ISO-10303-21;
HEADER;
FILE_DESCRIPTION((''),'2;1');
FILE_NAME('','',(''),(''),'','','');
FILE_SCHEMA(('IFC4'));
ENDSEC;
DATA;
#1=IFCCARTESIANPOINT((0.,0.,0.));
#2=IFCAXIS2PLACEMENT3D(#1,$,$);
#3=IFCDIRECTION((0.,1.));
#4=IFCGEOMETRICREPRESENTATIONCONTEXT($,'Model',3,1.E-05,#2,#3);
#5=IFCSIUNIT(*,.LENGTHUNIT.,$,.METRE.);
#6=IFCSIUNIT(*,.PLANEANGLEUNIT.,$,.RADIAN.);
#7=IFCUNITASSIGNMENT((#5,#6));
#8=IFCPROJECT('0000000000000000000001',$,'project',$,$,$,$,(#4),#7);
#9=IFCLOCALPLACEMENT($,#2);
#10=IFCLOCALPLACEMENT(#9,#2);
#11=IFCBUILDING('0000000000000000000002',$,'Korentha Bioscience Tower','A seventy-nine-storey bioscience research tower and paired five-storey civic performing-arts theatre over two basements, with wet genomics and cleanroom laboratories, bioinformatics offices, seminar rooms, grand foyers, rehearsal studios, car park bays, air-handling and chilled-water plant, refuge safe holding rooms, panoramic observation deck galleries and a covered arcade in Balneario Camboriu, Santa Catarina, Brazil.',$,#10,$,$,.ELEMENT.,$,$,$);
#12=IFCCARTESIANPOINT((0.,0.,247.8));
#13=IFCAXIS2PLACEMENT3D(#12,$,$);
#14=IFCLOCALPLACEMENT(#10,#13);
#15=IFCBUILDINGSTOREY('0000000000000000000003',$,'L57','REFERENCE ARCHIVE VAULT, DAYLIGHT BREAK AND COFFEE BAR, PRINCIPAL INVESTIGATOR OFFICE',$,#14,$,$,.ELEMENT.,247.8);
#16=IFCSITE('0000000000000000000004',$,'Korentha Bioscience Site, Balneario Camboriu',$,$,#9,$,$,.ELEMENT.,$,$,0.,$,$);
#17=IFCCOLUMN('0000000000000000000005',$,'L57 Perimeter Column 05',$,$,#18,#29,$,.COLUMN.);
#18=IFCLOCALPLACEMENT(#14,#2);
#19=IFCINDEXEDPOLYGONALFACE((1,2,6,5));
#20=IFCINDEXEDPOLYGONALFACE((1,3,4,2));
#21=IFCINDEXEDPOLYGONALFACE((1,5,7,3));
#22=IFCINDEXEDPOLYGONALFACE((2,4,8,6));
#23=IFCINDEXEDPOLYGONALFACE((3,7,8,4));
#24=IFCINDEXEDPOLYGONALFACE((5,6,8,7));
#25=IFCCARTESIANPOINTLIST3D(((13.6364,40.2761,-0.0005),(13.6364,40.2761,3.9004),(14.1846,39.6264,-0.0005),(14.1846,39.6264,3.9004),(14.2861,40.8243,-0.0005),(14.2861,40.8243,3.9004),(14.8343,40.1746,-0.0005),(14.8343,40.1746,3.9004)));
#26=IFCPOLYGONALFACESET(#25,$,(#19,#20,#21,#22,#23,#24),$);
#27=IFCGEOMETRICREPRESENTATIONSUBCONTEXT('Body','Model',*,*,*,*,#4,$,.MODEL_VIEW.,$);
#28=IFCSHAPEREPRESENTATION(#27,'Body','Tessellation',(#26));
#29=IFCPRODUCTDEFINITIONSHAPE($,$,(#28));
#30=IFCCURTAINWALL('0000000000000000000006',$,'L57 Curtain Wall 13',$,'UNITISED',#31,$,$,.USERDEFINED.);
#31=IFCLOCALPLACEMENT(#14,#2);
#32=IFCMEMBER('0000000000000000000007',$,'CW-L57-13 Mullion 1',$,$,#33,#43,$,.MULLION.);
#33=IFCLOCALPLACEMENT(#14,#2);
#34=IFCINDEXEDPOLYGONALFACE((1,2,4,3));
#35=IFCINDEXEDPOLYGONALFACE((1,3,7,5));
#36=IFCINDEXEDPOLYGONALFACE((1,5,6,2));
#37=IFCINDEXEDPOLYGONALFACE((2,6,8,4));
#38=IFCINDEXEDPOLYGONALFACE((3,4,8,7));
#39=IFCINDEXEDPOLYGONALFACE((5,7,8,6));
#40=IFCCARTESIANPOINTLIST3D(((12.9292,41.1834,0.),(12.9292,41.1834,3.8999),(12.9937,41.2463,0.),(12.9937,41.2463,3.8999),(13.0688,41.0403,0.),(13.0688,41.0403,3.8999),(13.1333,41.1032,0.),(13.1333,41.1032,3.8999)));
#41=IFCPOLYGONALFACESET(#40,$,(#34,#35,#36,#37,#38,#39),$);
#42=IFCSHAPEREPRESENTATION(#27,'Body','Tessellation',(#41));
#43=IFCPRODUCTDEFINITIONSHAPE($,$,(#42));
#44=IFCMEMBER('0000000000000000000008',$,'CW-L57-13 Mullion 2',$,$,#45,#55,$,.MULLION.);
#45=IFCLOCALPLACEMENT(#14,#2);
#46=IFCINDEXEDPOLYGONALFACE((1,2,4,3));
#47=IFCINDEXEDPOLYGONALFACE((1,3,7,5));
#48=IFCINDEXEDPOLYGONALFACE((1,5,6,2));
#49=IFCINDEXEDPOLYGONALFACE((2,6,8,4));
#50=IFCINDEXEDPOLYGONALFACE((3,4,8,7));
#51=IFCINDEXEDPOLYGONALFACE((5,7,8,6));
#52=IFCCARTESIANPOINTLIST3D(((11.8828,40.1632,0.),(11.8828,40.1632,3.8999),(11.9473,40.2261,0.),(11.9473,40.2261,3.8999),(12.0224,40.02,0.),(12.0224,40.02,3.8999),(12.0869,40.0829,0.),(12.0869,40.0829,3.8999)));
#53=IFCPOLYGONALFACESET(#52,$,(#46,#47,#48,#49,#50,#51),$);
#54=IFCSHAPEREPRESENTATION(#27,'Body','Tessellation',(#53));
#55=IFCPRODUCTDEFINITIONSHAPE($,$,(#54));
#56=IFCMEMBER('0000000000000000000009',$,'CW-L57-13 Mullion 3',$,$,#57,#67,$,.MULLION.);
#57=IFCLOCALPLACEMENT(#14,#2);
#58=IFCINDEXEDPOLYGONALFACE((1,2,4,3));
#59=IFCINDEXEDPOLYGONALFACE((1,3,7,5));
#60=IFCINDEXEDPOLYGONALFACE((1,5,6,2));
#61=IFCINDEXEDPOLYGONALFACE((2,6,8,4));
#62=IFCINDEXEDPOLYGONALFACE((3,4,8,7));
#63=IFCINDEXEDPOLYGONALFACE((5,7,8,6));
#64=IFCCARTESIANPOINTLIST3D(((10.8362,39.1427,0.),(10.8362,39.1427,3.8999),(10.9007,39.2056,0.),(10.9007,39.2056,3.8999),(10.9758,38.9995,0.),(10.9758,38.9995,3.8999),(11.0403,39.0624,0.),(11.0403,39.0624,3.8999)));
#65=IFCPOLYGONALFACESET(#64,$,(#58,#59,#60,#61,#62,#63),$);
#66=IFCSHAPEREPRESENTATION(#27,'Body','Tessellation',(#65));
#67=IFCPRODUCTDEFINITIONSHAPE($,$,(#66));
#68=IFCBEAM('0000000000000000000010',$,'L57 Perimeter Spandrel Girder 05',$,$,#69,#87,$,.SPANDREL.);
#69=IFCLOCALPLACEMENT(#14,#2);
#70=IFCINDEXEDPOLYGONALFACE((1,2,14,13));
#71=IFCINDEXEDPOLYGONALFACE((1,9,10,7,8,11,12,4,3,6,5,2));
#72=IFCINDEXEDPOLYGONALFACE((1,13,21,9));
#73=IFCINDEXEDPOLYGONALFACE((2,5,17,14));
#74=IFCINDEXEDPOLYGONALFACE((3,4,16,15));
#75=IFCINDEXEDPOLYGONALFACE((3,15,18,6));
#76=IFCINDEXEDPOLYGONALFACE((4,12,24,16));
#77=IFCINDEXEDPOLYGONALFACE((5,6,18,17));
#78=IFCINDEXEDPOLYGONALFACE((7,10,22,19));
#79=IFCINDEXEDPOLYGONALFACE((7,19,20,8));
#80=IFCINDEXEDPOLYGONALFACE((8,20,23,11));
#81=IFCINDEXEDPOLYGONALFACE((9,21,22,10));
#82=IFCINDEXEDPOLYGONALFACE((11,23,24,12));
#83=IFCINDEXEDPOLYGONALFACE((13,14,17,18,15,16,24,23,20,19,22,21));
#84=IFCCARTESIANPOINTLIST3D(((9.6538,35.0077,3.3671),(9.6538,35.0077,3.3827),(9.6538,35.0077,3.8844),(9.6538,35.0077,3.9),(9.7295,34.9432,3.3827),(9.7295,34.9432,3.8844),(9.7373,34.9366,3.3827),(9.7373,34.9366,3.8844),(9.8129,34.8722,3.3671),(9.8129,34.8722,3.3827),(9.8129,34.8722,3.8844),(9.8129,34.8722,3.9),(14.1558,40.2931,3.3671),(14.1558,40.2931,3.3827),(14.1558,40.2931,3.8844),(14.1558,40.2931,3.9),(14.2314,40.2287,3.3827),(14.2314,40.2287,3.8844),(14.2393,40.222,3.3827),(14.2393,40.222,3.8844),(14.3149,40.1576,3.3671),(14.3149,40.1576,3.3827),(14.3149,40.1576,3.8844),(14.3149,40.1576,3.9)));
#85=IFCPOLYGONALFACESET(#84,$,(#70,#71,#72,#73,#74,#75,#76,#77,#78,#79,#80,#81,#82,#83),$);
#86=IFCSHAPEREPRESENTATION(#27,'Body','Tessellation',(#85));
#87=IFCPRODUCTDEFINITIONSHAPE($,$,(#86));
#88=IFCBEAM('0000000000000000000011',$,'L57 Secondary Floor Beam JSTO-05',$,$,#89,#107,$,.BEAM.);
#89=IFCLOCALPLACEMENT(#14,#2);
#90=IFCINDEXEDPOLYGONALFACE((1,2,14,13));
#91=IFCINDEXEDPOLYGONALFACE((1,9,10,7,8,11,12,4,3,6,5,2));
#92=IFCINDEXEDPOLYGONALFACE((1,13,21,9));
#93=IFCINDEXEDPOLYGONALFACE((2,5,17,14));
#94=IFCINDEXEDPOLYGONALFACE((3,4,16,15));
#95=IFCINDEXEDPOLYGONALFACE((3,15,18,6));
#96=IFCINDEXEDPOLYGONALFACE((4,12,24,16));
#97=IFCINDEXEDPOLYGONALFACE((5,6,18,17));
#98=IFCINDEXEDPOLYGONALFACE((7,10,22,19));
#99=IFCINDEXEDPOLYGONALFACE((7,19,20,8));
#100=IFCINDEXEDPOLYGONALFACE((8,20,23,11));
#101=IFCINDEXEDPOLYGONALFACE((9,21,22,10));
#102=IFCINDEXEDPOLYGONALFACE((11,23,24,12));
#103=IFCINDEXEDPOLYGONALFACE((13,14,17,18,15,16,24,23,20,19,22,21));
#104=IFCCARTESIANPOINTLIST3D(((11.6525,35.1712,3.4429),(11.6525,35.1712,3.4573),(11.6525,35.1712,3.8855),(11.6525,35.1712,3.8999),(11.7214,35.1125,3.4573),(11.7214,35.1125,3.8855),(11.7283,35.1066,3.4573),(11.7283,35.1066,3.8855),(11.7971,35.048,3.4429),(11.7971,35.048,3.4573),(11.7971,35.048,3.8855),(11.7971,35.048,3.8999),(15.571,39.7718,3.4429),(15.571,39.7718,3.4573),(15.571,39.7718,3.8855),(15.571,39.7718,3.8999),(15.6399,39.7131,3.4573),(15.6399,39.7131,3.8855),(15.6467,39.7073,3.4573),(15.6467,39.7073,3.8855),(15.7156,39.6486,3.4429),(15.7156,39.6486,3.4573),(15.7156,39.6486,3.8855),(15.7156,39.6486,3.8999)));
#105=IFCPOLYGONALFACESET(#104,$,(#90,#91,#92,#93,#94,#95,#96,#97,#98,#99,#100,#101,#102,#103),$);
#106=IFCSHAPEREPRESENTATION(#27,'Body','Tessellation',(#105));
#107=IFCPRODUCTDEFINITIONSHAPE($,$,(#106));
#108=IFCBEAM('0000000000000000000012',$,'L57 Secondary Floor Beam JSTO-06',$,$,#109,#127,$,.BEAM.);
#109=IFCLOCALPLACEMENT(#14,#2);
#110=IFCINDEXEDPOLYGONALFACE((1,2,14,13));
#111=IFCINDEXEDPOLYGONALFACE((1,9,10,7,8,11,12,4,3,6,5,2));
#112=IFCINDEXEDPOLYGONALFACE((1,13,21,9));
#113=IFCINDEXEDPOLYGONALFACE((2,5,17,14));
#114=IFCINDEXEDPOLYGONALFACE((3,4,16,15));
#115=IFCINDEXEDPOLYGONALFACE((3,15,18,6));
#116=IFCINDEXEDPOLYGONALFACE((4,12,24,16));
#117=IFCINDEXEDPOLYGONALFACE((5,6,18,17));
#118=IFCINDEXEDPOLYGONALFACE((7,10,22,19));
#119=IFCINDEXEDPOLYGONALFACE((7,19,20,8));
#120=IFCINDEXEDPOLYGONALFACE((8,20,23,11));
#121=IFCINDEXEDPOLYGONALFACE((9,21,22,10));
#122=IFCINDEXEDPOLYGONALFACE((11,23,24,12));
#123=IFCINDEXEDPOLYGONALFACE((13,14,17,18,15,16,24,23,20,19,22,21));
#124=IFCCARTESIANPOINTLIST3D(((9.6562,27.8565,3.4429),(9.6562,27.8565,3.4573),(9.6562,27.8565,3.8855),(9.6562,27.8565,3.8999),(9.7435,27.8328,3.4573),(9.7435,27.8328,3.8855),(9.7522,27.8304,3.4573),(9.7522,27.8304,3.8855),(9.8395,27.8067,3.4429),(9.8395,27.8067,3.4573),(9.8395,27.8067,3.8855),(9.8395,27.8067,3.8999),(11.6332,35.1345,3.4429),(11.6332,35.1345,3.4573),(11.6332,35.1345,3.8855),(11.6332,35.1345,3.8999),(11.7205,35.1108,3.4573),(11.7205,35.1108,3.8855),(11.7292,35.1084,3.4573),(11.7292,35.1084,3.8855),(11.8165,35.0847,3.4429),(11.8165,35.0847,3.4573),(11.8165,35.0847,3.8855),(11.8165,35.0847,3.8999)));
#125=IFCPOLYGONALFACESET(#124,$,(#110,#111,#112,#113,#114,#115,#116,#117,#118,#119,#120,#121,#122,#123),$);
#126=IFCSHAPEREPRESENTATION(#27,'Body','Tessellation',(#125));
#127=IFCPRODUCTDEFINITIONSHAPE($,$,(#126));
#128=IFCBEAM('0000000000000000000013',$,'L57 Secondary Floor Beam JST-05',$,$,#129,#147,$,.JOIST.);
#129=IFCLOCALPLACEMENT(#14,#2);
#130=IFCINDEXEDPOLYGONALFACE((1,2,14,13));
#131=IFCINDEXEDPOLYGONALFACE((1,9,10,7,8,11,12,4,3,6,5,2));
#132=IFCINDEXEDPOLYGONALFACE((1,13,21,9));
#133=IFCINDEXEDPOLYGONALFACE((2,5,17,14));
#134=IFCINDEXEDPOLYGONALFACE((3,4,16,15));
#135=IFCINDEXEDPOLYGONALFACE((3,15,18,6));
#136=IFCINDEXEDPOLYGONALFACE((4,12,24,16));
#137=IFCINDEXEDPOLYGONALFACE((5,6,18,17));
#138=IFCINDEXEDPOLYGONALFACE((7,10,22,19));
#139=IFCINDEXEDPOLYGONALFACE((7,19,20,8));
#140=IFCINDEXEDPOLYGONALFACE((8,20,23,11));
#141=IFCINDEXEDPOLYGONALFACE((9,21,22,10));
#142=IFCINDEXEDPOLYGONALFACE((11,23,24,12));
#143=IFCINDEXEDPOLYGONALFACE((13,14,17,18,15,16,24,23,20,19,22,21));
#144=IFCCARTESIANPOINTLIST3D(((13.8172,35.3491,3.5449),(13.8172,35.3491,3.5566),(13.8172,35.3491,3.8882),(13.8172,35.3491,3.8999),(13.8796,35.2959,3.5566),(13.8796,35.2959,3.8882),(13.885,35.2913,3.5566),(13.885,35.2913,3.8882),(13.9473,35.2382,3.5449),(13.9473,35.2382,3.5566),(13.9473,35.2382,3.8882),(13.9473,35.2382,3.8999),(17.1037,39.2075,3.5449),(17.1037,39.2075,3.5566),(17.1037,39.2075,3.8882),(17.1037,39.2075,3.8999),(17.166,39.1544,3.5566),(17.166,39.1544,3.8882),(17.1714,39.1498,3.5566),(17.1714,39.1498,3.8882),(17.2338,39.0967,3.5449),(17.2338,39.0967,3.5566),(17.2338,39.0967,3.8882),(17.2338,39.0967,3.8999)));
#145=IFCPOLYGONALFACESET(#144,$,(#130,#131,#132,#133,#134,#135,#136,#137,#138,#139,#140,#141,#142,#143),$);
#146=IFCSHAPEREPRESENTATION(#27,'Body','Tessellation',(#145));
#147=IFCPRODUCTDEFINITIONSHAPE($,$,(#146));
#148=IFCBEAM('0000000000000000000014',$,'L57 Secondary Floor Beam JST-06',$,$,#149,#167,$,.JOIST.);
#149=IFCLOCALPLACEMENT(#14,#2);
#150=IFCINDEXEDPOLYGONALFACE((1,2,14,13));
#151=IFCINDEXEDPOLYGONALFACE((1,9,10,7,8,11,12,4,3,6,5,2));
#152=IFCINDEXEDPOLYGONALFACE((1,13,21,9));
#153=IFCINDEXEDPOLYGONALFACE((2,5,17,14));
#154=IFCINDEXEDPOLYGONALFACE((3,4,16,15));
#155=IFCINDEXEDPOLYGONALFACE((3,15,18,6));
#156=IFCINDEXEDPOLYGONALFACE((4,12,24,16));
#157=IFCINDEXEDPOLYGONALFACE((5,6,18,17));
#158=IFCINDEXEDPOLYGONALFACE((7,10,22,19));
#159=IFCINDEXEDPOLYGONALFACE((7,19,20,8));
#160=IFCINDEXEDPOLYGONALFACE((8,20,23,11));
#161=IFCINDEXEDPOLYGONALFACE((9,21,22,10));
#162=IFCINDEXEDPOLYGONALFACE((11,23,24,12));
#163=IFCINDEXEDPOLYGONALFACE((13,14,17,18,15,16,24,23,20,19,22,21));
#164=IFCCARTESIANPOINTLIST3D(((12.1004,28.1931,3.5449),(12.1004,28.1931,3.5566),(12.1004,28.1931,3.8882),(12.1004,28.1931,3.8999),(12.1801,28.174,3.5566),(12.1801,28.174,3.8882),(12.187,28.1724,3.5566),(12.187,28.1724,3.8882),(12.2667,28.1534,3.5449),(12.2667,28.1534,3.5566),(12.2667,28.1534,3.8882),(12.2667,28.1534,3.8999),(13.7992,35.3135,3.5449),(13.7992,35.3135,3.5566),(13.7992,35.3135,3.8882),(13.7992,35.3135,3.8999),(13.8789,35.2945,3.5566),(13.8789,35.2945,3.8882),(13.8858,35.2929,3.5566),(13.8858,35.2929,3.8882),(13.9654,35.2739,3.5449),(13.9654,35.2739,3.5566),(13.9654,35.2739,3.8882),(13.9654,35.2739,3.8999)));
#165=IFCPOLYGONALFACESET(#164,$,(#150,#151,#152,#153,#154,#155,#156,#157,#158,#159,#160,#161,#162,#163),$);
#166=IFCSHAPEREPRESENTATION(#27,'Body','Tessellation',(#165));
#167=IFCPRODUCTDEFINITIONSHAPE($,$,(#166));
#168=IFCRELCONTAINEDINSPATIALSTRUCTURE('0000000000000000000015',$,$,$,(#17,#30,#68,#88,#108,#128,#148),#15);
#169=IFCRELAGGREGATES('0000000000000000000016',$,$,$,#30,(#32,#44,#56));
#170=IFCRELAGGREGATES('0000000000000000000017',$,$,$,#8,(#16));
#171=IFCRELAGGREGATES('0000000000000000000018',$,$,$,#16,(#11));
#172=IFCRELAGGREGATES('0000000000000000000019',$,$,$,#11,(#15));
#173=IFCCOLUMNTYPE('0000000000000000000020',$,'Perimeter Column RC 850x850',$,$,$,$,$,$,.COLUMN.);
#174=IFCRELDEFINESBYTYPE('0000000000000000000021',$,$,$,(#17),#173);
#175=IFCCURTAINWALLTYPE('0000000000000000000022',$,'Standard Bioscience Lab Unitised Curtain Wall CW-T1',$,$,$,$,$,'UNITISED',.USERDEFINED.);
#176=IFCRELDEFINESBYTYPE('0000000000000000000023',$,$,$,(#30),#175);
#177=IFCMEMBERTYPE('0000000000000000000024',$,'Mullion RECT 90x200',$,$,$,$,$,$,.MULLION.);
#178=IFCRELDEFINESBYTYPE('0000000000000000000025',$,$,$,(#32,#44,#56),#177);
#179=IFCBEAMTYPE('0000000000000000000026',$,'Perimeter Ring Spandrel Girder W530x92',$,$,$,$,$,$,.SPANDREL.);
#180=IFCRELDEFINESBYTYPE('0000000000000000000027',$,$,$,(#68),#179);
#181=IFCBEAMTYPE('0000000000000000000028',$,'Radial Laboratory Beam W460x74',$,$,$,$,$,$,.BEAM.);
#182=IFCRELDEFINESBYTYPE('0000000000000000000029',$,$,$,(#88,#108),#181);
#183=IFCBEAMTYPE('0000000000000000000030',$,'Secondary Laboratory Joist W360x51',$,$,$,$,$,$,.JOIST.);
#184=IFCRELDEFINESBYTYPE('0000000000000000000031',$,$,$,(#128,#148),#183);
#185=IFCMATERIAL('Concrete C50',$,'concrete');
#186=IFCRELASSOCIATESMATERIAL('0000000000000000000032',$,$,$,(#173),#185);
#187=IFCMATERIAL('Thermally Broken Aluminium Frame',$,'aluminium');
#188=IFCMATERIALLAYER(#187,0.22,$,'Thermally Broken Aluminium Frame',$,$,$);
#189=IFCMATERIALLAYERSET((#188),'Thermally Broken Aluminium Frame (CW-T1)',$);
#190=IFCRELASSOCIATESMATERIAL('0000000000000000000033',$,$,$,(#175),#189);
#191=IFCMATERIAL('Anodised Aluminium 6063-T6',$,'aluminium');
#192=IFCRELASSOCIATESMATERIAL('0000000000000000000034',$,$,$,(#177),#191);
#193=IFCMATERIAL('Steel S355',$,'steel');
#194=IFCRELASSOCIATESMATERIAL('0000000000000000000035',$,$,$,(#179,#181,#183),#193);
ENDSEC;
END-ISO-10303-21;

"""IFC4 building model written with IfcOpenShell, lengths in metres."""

from ifc_helpers import new_model, si_unit, direction, frame, origin, origin_2d, place, context, subcontext, project, spatial, rectangle, i_section, extrude, material, layer, layer_set, material_profile, profile_set, type_object, element, aggregate, save


model = new_model("IFC4")

# Units and contexts
model_context = context("Model", 3, precision=1e-05, world=origin(), true_north=direction((0.0, 1.0)))
body_context = subcontext(model_context, "Body", "Model", "MODEL_VIEW")
ifc_project = project(units=[si_unit("LENGTHUNIT", "METRE"), si_unit("PLANEANGLEUNIT", "RADIAN")], contexts=[model_context])

# Site, building, storey
site_placement = place(None, origin())
site = spatial("IfcSite", under=ifc_project, at=site_placement, Name="Korentha Bioscience Site, Balneario Camboriu", CompositionType="ELEMENT", RefElevation=0.0)
building_placement = place(site_placement, origin())
building = spatial("IfcBuilding", under=site, at=building_placement, Name="Korentha Bioscience Tower", Description="A seventy-nine-storey bioscience research tower and paired five-storey civic performing-arts theatre over two basements, with wet genomics and cleanroom laboratories, bioinformatics offices, seminar rooms, grand foyers, rehearsal studios, car park bays, air-handling and chilled-water plant, refuge safe holding rooms, panoramic observation deck galleries and a covered arcade in Balneario Camboriu, Santa Catarina, Brazil.", CompositionType="ELEMENT")
storey_placement = place(building_placement, frame((0.0, 0.0, 247.8)))
storey = spatial("IfcBuildingStorey", under=building, at=storey_placement, Name="L57", Description="REFERENCE ARCHIVE VAULT, DAYLIGHT BREAK AND COFFEE BAR, PRINCIPAL INVESTIGATOR OFFICE", CompositionType="ELEMENT", Elevation=247.8)

# Column
ifc_material_1 = material(Name="Concrete C50", Category="concrete")
ifc_material_profile_1 = material_profile(ifc_material_1, rectangle(XDim=0.8501, YDim=0.8501, at=origin_2d()), Name="Concrete C50")
ifc_profile_set_1 = profile_set([ifc_material_profile_1], Name="Concrete C50 (COL-P08)")
column_type = type_object("IfcColumnType", Name="Perimeter Column RC 850x850", PredefinedType="COLUMN", material=ifc_profile_set_1)
column_placement = place(storey_placement, frame((14.2354, 40.2253, -0.0005), z_axis=(0.0, 0.0, 1.0), x_axis=(0.764246, 0.644924, 0.0)))
element("IfcColumn", 1, at=column_placement, inside=storey, type_object=column_type, Name="L57 Perimeter Column 05", PredefinedType="COLUMN", context=body_context, shape_type="SweptSolid", body=[
    extrude(rectangle(XDim=0.8501, YDim=0.8501, at=origin_2d()), origin(), (0.0, 0.0, 1.0), 3.9009),
])

# Curtain wall, members
ifc_material_2 = material(Name="Thermally Broken Aluminium Frame", Category="aluminium")
ifc_layer_1 = layer(ifc_material_2, 0.22, Name="Thermally Broken Aluminium Frame")
ifc_layer_set_1 = layer_set([ifc_layer_1], Name="Thermally Broken Aluminium Frame (CW-T1)")
curtain_wall_type = type_object("IfcCurtainWallType", Name="Standard Bioscience Lab Unitised Curtain Wall CW-T1", ElementType="UNITISED", PredefinedType="USERDEFINED", material=ifc_layer_set_1)
curtain_wall_placement = place(storey_placement, origin())
curtain_wall = element("IfcCurtainWall", 2, at=curtain_wall_placement, inside=storey, type_object=curtain_wall_type, Name="L57 Curtain Wall 13", ObjectType="UNITISED", PredefinedType="USERDEFINED")
ifc_material_3 = material(Name="Anodised Aluminium 6063-T6", Category="aluminium")
ifc_material_profile_2 = material_profile(ifc_material_3, rectangle(XDim=0.0901, YDim=0.2, at=origin_2d()), Name="Anodised Aluminium 6063-T6")
ifc_profile_set_2 = profile_set([ifc_material_profile_2], Name="Anodised Aluminium 6063-T6 (CW-MUL)")
member_type_1 = type_object("IfcMemberType", Name="Mullion RECT 90x200", PredefinedType="MULLION", material=ifc_profile_set_2)
member_1_placement = place(storey_placement, frame((13.0312, 41.1433, 0.0), z_axis=(0.0, 0.0, 1.0), x_axis=(-0.715994, -0.698107, 0.0)))
member_1 = element("IfcMember", 3, at=member_1_placement, type_object=member_type_1, Name="CW-L57-13 Mullion 1", PredefinedType="MULLION", context=body_context, shape_type="SweptSolid", body=[
    extrude(rectangle(XDim=0.0901, YDim=0.2, at=origin_2d()), origin(), (0.0, 0.0, 1.0), 3.8999),
])
member_2_placement = place(storey_placement, frame((11.9849, 40.123, 0.0), z_axis=(0.0, 0.0, 1.0), x_axis=(-0.715994, -0.698107, 0.0)))
member_2 = element("IfcMember", 4, at=member_2_placement, type_object=member_type_1, Name="CW-L57-13 Mullion 2", PredefinedType="MULLION", context=body_context, shape_type="SweptSolid", body=[
    extrude(rectangle(XDim=0.0901, YDim=0.2, at=origin_2d()), origin(), (0.0, 0.0, 1.0), 3.8999),
])
member_3_placement = place(storey_placement, frame((10.9382, 39.1025, 0.0), z_axis=(0.0, 0.0, 1.0), x_axis=(-0.715994, -0.698107, 0.0)))
member_3 = element("IfcMember", 5, at=member_3_placement, type_object=member_type_1, Name="CW-L57-13 Mullion 3", PredefinedType="MULLION", context=body_context, shape_type="SweptSolid", body=[
    extrude(rectangle(XDim=0.0901, YDim=0.2, at=origin_2d()), origin(), (0.0, 0.0, 1.0), 3.8999),
])

# Beams
ifc_material_4 = material(Name="Steel S355", Category="steel")
ifc_material_profile_3 = material_profile(ifc_material_4, i_section(OverallWidth=0.209, OverallDepth=0.533, WebThickness=0.0103, FlangeThickness=0.0156, at=origin_2d()), Name="Steel S355")
ifc_profile_set_3 = profile_set([ifc_material_profile_3], Name="Steel S355 (SB-530)")
beam_type_1 = type_object("IfcBeamType", Name="Perimeter Ring Spandrel Girder W530x92", PredefinedType="SPANDREL", material=ifc_profile_set_3)
beam_1_placement = place(storey_placement, frame((14.2354, 40.2253, 3.6335), z_axis=(-0.648431, -0.761273, 0.0), x_axis=(0.761273, -0.648431, 0.0)))
element("IfcBeam", 6, at=beam_1_placement, inside=storey, type_object=beam_type_1, Name="L57 Perimeter Spandrel Girder 05", PredefinedType="SPANDREL", context=body_context, shape_type="SweptSolid", body=[
    extrude(i_section(OverallWidth=0.209, OverallDepth=0.533, WebThickness=0.0103, FlangeThickness=0.0156, at=origin_2d()), origin(), (0.0, 0.0, 1.0), 6.9429),
])
ifc_material_profile_4 = material_profile(ifc_material_4, i_section(OverallWidth=0.1899, OverallDepth=0.457, WebThickness=0.009, FlangeThickness=0.0144, at=origin_2d()), Name="Steel S355")
ifc_profile_set_4 = profile_set([ifc_material_profile_4], Name="Steel S355 (RB-460)")
beam_type_2 = type_object("IfcBeamType", Name="Radial Laboratory Beam W460x74", PredefinedType="BEAM", material=ifc_profile_set_4)
beam_2_placement = place(storey_placement, frame((15.6433, 39.7102, 3.6714), z_axis=(-0.648413, -0.761289, 0.0), x_axis=(0.761289, -0.648413, 0.0)))
element("IfcBeam", 7, at=beam_2_placement, inside=storey, type_object=beam_type_2, Name="L57 Secondary Floor Beam JSTO-05", PredefinedType="BEAM", context=body_context, shape_type="SweptSolid", body=[
    extrude(i_section(OverallWidth=0.1899, OverallDepth=0.457, WebThickness=0.009, FlangeThickness=0.0144, at=origin_2d()), origin(), (0.0, 0.0, 1.0), 6.0432),
])
beam_3_placement = place(storey_placement, frame((11.7249, 35.1096, 3.6714), z_axis=(-0.262145, -0.965029, 0.0), x_axis=(0.965029, -0.262145, 0.0)))
element("IfcBeam", 8, at=beam_3_placement, inside=storey, type_object=beam_type_2, Name="L57 Secondary Floor Beam JSTO-06", PredefinedType="BEAM", context=body_context, shape_type="SweptSolid", body=[
    extrude(i_section(OverallWidth=0.1899, OverallDepth=0.457, WebThickness=0.009, FlangeThickness=0.0144, at=origin_2d()), origin(), (0.0, 0.0, 1.0), 7.5417),
])
ifc_material_profile_5 = material_profile(ifc_material_4, i_section(OverallWidth=0.1709, OverallDepth=0.355, WebThickness=0.0071, FlangeThickness=0.0117, at=origin_2d()), Name="Steel S355")
ifc_profile_set_5 = profile_set([ifc_material_profile_5], Name="Steel S355 (JB-360)")
beam_type_3 = type_object("IfcBeamType", Name="Secondary Laboratory Joist W360x51", PredefinedType="JOIST", material=ifc_profile_set_5)
beam_4_placement = place(storey_placement, frame((17.1687, 39.1521, 3.7224), z_axis=(-0.64842, -0.761283, 0.0), x_axis=(0.761283, -0.64842, 0.0)))
element("IfcBeam", 9, at=beam_4_placement, inside=storey, type_object=beam_type_3, Name="L57 Secondary Floor Beam JST-05", PredefinedType="JOIST", context=body_context, shape_type="SweptSolid", body=[
    extrude(i_section(OverallWidth=0.1709, OverallDepth=0.355, WebThickness=0.0071, FlangeThickness=0.0117, at=origin_2d()), origin(), (0.0, 0.0, 1.0), 5.0684),
])
beam_5_placement = place(storey_placement, frame((13.8823, 35.2937, 3.7224), z_axis=(-0.232061, -0.972701, 0.0), x_axis=(0.972701, -0.232061, 0.0)))
element("IfcBeam", 10, at=beam_5_placement, inside=storey, type_object=beam_type_3, Name="L57 Secondary Floor Beam JST-06", PredefinedType="JOIST", context=body_context, shape_type="SweptSolid", body=[
    extrude(i_section(OverallWidth=0.1709, OverallDepth=0.355, WebThickness=0.0071, FlangeThickness=0.0117, at=origin_2d()), origin(), (0.0, 0.0, 1.0), 7.3203),
])

aggregate(curtain_wall, [member_1, member_2, member_3])

save(model, "model.ifc")
